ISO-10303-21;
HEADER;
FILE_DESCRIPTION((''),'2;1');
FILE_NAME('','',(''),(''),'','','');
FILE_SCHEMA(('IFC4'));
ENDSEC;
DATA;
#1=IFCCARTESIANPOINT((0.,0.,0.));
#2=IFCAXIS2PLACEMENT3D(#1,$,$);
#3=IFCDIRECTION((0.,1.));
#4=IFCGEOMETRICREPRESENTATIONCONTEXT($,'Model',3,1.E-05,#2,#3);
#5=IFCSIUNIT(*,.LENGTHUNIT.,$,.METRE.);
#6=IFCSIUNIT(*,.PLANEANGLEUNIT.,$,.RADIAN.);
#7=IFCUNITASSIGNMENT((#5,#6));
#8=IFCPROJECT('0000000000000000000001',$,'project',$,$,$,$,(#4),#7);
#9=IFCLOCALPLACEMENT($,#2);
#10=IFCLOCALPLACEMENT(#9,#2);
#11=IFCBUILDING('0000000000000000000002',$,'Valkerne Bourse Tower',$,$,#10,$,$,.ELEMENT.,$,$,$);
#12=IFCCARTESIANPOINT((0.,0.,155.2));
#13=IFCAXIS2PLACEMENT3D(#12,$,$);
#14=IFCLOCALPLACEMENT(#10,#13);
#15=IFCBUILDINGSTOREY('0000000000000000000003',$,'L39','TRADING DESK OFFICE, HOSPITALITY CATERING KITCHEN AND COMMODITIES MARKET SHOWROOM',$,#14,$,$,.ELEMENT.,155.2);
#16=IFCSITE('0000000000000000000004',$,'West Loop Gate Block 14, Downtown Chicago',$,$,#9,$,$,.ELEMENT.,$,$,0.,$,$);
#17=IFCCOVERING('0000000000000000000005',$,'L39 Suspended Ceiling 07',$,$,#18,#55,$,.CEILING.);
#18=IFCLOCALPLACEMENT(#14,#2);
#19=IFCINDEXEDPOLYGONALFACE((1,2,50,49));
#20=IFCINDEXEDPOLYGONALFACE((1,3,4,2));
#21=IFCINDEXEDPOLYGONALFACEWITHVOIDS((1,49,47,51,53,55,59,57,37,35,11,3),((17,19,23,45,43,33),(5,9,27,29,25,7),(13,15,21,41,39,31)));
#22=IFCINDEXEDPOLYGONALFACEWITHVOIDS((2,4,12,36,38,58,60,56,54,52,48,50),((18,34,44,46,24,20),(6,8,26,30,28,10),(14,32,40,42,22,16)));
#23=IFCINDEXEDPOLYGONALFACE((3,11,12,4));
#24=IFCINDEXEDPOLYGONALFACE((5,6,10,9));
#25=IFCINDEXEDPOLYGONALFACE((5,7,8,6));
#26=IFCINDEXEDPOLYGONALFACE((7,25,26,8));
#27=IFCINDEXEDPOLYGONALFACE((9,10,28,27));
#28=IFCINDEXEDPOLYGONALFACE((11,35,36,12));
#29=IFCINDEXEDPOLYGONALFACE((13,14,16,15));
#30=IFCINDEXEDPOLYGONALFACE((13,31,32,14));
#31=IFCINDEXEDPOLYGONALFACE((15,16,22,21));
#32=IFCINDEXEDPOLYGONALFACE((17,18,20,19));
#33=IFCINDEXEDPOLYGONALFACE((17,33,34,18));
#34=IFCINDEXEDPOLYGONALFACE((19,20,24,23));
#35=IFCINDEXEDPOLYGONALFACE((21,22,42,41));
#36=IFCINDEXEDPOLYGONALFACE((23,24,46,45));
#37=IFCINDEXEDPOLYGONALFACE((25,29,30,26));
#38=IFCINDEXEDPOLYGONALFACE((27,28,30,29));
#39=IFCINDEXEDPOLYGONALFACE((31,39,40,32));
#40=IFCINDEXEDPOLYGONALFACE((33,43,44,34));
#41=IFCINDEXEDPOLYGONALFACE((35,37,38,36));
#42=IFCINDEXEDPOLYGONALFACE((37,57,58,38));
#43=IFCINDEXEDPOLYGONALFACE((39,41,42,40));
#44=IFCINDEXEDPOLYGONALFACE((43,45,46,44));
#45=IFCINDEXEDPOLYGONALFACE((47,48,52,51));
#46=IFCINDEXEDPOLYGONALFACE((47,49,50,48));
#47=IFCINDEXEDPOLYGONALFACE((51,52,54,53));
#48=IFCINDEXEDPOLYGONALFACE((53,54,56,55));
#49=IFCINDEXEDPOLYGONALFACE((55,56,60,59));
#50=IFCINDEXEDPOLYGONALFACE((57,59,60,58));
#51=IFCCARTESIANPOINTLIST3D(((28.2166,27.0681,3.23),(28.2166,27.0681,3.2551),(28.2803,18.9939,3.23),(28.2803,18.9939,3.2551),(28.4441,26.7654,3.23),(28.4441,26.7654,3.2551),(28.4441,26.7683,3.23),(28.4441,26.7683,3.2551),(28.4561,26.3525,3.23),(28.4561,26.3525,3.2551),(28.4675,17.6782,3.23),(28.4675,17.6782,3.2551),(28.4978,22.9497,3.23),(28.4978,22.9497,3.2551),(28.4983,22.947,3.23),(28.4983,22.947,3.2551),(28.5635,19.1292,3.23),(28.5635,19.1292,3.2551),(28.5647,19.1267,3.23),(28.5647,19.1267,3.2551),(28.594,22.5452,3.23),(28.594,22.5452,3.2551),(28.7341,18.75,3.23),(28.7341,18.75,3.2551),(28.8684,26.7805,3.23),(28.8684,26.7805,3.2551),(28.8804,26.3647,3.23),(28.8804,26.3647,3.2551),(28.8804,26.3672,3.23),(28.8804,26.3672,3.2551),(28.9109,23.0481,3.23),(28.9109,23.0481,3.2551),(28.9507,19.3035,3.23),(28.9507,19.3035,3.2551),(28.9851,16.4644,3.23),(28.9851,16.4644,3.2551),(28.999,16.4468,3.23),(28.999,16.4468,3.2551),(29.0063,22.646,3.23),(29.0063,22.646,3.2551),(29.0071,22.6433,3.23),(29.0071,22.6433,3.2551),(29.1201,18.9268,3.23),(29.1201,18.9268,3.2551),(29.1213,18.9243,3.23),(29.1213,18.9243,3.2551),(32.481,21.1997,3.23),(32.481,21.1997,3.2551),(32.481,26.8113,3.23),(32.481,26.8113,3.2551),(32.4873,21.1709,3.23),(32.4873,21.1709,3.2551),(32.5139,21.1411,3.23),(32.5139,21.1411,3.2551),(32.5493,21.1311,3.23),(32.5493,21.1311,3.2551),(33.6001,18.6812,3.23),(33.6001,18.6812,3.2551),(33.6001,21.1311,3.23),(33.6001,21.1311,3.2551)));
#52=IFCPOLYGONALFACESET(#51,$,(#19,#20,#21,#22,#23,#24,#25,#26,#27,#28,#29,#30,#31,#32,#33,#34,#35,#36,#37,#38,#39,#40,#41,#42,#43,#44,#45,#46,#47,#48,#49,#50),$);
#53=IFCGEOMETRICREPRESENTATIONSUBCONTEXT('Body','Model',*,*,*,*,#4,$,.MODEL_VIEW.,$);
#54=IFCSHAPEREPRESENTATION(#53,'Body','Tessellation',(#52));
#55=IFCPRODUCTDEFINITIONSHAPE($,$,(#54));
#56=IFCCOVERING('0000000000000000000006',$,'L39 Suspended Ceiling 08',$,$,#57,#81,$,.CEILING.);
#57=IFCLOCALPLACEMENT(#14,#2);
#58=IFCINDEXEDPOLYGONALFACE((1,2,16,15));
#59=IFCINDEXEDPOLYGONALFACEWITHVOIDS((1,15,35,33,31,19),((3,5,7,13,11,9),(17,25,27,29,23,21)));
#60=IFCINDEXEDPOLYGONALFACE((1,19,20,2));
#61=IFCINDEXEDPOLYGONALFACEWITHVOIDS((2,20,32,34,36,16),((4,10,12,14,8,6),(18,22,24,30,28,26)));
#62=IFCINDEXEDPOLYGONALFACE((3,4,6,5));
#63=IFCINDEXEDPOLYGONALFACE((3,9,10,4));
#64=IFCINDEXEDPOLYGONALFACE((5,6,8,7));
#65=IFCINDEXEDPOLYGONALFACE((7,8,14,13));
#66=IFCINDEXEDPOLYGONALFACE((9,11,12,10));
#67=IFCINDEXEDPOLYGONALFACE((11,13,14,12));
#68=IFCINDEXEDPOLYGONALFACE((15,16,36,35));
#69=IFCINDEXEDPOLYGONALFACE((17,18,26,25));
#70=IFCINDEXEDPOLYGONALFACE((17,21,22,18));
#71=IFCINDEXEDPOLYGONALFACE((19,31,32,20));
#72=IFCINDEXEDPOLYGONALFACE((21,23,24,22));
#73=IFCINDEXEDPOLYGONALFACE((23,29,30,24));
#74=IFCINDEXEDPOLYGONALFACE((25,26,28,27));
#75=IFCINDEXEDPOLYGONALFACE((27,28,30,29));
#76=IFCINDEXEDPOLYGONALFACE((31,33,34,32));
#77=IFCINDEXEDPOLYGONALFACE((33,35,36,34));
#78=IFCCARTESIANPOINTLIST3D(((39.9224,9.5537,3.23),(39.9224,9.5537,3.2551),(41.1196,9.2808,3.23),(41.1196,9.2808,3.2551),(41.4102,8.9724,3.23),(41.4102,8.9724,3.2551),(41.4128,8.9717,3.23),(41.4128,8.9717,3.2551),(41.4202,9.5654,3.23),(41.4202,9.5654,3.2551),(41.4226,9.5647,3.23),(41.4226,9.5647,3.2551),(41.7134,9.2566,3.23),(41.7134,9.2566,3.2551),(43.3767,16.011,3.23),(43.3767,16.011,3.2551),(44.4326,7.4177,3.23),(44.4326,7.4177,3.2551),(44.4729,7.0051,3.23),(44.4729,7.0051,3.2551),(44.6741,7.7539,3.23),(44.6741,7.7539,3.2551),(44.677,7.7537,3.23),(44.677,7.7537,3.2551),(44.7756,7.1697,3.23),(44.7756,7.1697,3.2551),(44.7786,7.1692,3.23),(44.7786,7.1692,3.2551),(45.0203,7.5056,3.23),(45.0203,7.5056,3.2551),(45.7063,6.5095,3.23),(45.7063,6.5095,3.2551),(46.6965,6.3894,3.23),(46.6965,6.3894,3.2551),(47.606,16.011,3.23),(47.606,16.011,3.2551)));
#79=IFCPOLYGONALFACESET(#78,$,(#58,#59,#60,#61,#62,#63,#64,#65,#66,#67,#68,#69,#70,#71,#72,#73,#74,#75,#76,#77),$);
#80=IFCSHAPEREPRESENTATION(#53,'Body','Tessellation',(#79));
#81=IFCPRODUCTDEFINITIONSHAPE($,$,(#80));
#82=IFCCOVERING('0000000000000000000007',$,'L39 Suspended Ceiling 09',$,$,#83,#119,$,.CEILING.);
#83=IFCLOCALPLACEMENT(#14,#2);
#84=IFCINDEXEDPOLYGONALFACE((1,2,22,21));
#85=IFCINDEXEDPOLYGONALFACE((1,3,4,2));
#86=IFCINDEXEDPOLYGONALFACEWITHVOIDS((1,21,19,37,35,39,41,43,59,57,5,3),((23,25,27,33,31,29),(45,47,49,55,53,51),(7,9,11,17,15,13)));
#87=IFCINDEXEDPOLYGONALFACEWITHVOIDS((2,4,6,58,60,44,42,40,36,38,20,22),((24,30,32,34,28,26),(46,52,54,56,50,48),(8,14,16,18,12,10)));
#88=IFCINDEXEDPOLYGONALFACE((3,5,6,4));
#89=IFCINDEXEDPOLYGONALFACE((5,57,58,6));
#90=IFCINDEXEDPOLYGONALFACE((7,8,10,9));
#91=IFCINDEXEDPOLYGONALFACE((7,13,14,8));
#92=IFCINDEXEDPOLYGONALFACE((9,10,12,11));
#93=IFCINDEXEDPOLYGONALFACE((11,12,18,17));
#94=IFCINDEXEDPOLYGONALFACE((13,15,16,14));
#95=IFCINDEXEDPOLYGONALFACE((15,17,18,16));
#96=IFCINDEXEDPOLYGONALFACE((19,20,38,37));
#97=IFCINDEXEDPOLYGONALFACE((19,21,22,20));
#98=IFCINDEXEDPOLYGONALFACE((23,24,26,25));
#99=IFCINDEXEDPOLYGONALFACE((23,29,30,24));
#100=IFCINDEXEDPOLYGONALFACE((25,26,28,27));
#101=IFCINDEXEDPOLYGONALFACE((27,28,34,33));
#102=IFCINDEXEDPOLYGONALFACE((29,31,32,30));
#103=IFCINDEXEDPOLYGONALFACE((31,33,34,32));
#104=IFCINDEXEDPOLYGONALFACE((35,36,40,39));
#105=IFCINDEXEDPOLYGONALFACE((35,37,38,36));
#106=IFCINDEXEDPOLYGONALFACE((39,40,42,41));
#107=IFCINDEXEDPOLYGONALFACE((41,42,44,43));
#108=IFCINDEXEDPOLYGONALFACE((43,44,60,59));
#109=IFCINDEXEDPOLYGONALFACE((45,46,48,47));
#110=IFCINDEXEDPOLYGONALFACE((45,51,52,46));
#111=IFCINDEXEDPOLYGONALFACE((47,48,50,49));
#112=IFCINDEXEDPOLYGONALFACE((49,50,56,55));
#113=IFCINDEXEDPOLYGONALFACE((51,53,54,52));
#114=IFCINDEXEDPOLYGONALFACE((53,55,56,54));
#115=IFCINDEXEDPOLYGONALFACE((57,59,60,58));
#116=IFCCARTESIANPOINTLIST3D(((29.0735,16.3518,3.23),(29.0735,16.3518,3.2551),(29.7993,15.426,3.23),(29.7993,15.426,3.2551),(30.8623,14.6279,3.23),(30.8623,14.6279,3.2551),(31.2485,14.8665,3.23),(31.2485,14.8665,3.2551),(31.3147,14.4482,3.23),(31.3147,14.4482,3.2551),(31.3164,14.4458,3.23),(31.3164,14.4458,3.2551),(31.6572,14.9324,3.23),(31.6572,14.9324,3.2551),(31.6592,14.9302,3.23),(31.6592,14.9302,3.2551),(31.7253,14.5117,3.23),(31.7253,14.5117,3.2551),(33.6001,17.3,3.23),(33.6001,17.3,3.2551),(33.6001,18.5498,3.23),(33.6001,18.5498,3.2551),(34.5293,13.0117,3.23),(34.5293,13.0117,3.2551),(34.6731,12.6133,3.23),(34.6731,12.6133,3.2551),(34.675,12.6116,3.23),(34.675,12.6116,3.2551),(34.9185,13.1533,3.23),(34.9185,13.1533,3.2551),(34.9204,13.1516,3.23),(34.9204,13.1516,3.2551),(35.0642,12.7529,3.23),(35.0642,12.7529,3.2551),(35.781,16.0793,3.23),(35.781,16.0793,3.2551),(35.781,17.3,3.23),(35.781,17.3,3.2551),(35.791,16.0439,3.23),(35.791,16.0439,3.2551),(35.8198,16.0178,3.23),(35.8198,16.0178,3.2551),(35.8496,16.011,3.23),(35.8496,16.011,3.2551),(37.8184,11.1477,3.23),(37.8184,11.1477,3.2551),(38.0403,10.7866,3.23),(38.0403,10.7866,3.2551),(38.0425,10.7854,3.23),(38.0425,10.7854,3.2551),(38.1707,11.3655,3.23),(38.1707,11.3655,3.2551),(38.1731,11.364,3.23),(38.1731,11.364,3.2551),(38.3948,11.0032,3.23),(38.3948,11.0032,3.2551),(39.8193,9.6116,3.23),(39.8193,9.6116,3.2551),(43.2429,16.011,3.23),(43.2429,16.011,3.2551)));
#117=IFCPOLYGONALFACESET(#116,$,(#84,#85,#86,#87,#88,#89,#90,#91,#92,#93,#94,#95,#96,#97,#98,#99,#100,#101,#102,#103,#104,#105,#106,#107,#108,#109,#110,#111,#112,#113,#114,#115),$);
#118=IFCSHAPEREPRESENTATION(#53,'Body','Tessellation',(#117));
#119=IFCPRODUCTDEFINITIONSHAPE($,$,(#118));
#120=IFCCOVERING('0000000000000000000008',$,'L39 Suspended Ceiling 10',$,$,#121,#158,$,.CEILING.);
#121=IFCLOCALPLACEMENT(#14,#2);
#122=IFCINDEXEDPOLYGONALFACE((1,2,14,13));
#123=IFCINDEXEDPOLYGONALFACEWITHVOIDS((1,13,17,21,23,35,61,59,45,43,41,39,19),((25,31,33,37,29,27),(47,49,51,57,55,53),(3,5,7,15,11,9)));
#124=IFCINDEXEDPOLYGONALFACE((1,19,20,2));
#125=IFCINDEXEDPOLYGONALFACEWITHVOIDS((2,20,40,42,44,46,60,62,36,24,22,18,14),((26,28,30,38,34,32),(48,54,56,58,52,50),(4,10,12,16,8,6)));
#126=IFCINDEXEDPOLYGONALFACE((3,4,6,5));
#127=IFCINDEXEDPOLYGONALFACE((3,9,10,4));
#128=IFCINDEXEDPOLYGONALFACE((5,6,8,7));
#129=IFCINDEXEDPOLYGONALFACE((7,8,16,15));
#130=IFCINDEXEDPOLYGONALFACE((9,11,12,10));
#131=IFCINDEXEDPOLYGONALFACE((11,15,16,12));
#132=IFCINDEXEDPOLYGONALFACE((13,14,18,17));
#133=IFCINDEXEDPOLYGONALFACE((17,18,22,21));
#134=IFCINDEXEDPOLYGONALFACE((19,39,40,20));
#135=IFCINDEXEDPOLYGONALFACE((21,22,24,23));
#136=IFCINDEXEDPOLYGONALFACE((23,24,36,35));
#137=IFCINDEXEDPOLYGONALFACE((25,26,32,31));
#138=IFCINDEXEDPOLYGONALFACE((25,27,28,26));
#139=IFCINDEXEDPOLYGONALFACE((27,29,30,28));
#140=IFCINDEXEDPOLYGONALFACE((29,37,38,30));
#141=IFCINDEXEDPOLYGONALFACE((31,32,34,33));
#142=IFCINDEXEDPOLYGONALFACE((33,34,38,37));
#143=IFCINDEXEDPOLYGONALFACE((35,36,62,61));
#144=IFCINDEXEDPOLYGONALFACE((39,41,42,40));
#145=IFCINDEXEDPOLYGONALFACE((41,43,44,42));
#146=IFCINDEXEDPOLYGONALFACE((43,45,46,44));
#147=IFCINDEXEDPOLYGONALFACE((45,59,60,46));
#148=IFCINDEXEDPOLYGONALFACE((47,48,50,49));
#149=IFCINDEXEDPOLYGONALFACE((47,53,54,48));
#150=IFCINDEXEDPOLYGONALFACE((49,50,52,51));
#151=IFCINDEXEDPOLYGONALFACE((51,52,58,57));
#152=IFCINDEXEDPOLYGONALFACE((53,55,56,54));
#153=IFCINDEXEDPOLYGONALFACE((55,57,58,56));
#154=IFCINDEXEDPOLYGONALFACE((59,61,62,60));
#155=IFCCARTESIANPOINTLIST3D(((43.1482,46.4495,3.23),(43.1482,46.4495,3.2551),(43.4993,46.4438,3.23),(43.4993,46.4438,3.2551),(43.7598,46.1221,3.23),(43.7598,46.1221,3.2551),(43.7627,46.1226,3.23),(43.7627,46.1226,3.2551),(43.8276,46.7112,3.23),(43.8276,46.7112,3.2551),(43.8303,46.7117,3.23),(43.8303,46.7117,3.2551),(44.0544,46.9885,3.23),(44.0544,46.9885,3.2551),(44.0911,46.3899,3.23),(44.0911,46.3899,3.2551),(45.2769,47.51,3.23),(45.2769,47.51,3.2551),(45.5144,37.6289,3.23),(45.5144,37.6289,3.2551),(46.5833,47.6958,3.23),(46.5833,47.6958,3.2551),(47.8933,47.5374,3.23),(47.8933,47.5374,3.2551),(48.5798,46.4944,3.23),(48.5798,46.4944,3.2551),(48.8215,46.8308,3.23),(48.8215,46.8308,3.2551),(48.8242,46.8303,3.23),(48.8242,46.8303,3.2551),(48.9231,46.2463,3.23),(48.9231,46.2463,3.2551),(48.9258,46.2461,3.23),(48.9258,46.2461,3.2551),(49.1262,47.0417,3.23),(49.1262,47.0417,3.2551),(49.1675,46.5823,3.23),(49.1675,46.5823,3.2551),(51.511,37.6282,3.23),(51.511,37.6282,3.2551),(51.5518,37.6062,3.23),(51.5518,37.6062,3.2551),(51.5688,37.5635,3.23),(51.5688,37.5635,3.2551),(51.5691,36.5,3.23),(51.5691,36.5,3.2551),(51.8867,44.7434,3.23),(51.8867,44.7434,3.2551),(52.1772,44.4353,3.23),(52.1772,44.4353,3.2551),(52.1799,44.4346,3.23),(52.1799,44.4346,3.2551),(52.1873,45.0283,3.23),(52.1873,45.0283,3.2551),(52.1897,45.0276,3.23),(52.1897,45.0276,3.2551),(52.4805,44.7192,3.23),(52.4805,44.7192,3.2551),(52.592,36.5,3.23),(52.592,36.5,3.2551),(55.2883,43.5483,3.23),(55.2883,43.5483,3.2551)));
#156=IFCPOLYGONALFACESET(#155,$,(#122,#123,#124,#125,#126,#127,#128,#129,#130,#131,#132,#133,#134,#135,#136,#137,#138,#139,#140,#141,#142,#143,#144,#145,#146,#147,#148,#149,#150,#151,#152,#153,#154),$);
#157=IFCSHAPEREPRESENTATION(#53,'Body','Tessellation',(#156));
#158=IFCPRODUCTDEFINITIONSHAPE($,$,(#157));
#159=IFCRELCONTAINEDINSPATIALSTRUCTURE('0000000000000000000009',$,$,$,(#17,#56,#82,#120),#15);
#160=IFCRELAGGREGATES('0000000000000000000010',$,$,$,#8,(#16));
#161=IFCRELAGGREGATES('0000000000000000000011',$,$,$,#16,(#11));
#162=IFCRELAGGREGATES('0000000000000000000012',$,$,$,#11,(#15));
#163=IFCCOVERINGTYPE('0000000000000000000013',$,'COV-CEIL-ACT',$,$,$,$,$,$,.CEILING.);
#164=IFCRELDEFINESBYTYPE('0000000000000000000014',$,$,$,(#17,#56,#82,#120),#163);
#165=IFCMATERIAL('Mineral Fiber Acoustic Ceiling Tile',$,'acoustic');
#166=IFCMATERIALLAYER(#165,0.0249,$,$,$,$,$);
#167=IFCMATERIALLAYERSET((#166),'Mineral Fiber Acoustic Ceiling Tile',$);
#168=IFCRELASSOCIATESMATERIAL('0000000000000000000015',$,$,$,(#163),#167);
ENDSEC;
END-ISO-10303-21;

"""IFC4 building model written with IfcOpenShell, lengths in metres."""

from ifc_helpers import new_model, si_unit, direction, frame, origin, place, context, subcontext, project, spatial, polyline, outline, extrude, material, layer, layer_set, type_object, element, save


model = new_model("IFC4")

# Units and contexts
model_context = context("Model", 3, precision=1e-05, world=origin(), true_north=direction((0.0, 1.0)))
body_context = subcontext(model_context, "Body", "Model", "MODEL_VIEW")
ifc_project = project(units=[si_unit("LENGTHUNIT", "METRE"), si_unit("PLANEANGLEUNIT", "RADIAN")], contexts=[model_context])

# Site, building, storey
site_placement = place(None, origin())
site = spatial("IfcSite", under=ifc_project, at=site_placement, Name="West Loop Gate Block 14, Downtown Chicago", CompositionType="ELEMENT", RefElevation=0.0)
building_placement = place(site_placement, origin())
building = spatial("IfcBuilding", under=site, at=building_placement, Name="Valkerne Bourse Tower", CompositionType="ELEMENT")
storey_placement = place(building_placement, frame((0.0, 0.0, 155.2)))
storey = spatial("IfcBuildingStorey", under=building, at=storey_placement, Name="L39", Description="TRADING DESK OFFICE, HOSPITALITY CATERING KITCHEN AND COMMODITIES MARKET SHOWROOM", CompositionType="ELEMENT", Elevation=155.2)

# Coverings
ifc_material_1 = material(Name="Mineral Fiber Acoustic Ceiling Tile", Category="acoustic")
ifc_layer_1 = layer(ifc_material_1, 0.0249)
ifc_layer_set_1 = layer_set([ifc_layer_1], Name="Mineral Fiber Acoustic Ceiling Tile")
covering_type_1 = type_object("IfcCoveringType", Name="COV-CEIL-ACT", PredefinedType="CEILING", material=ifc_layer_set_1)
covering_1_placement = place(storey_placement, frame((0.0, 0.0, 3.23)))
element("IfcCovering", 1, at=covering_1_placement, inside=storey, type_object=covering_type_1, Name="L39 Suspended Ceiling 07", PredefinedType="CEILING", context=body_context, shape_type="SweptSolid", body=[
    extrude(outline(polyline([(28.2803, 18.9939), (28.2166, 27.0681), (32.481, 26.8113), (32.481, 21.1997), (32.4873, 21.1709), (32.5139, 21.1411), (32.5493, 21.1311), (33.6001, 21.1311), (33.6001, 18.6812), (28.999, 16.4468), (28.9851, 16.4644), (28.4675, 17.6782), (28.2803, 18.9939)]), holes=[polyline([(29.1213, 18.9243), (29.1201, 18.9268), (28.9507, 19.3035), (28.5635, 19.1292), (28.5647, 19.1267), (28.7341, 18.75), (29.1213, 18.9243)]), polyline([(29.0063, 22.646), (28.9109, 23.0481), (28.4978, 22.9497), (28.4983, 22.947), (28.594, 22.5452), (29.0071, 22.6433), (29.0063, 22.646)]), polyline([(28.8804, 26.3672), (28.8684, 26.7805), (28.4441, 26.7683), (28.4441, 26.7654), (28.4561, 26.3525), (28.8804, 26.3647), (28.8804, 26.3672)])]), origin(), (0.0, 0.0, 1.0), 0.0251),
])
covering_2_placement = place(storey_placement, frame((0.0, 0.0, 3.23)))
element("IfcCovering", 2, at=covering_2_placement, inside=storey, type_object=covering_type_1, Name="L39 Suspended Ceiling 08", PredefinedType="CEILING", context=body_context, shape_type="SweptSolid", body=[
    extrude(outline(polyline([(39.9224, 9.5537), (43.3767, 16.011), (47.606, 16.011), (46.6965, 6.3894), (45.7063, 6.5095), (44.4729, 7.0051), (39.9224, 9.5537)]), holes=[polyline([(45.0203, 7.5056), (44.677, 7.7537), (44.6741, 7.7539), (44.4326, 7.4177), (44.7756, 7.1697), (44.7786, 7.1692), (45.0203, 7.5056)]), polyline([(41.4226, 9.5647), (41.4202, 9.5654), (41.1196, 9.2808), (41.4102, 8.9724), (41.4128, 8.9717), (41.7134, 9.2566), (41.4226, 9.5647)])]), origin(), (0.0, 0.0, 1.0), 0.0251),
])
covering_3_placement = place(storey_placement, frame((0.0, 0.0, 3.23)))
element("IfcCovering", 3, at=covering_3_placement, inside=storey, type_object=covering_type_1, Name="L39 Suspended Ceiling 09", PredefinedType="CEILING", context=body_context, shape_type="SweptSolid", body=[
    extrude(outline(polyline([(29.0735, 16.3518), (33.6001, 18.5498), (33.6001, 17.3), (35.781, 17.3), (35.781, 16.0793), (35.791, 16.0439), (35.8198, 16.0178), (35.8496, 16.011), (43.2429, 16.011), (39.8193, 9.6116), (30.8623, 14.6279), (29.7993, 15.426), (29.0735, 16.3518)]), holes=[polyline([(38.1731, 11.364), (38.1707, 11.3655), (37.8184, 11.1477), (38.0403, 10.7866), (38.0425, 10.7854), (38.3948, 11.0032), (38.1731, 11.364)]), polyline([(34.9204, 13.1516), (34.9185, 13.1533), (34.5293, 13.0117), (34.6731, 12.6133), (34.675, 12.6116), (35.0642, 12.7529), (34.9204, 13.1516)]), polyline([(31.7253, 14.5117), (31.6592, 14.9302), (31.6572, 14.9324), (31.2485, 14.8665), (31.3147, 14.4482), (31.3164, 14.4458), (31.7253, 14.5117)])]), origin(), (0.0, 0.0, 1.0), 0.0251),
])
covering_4_placement = place(storey_placement, frame((0.0, 0.0, 3.23)))
element("IfcCovering", 4, at=covering_4_placement, inside=storey, type_object=covering_type_1, Name="L39 Suspended Ceiling 10", PredefinedType="CEILING", context=body_context, shape_type="SweptSolid", body=[
    extrude(outline(polyline([(46.5833, 47.6958), (47.8933, 47.5374), (49.1262, 47.0417), (55.2883, 43.5483), (52.592, 36.5), (51.5691, 36.5), (51.5688, 37.5635), (51.5518, 37.6062), (51.511, 37.6282), (45.5144, 37.6289), (43.1482, 46.4495), (44.0544, 46.9885), (45.2769, 47.51), (46.5833, 47.6958)]), holes=[polyline([(52.1897, 45.0276), (52.1873, 45.0283), (51.8867, 44.7434), (52.1772, 44.4353), (52.1799, 44.4346), (52.4805, 44.7192), (52.1897, 45.0276)]), polyline([(44.0911, 46.3899), (43.8303, 46.7117), (43.8276, 46.7112), (43.4993, 46.4438), (43.7598, 46.1221), (43.7627, 46.1226), (44.0911, 46.3899)]), polyline([(48.8242, 46.8303), (48.8215, 46.8308), (48.5798, 46.4944), (48.9231, 46.2463), (48.9258, 46.2461), (49.1675, 46.5823), (48.8242, 46.8303)])]), origin(), (0.0, 0.0, 1.0), 0.0251),
])

save(model, "model.ifc")
